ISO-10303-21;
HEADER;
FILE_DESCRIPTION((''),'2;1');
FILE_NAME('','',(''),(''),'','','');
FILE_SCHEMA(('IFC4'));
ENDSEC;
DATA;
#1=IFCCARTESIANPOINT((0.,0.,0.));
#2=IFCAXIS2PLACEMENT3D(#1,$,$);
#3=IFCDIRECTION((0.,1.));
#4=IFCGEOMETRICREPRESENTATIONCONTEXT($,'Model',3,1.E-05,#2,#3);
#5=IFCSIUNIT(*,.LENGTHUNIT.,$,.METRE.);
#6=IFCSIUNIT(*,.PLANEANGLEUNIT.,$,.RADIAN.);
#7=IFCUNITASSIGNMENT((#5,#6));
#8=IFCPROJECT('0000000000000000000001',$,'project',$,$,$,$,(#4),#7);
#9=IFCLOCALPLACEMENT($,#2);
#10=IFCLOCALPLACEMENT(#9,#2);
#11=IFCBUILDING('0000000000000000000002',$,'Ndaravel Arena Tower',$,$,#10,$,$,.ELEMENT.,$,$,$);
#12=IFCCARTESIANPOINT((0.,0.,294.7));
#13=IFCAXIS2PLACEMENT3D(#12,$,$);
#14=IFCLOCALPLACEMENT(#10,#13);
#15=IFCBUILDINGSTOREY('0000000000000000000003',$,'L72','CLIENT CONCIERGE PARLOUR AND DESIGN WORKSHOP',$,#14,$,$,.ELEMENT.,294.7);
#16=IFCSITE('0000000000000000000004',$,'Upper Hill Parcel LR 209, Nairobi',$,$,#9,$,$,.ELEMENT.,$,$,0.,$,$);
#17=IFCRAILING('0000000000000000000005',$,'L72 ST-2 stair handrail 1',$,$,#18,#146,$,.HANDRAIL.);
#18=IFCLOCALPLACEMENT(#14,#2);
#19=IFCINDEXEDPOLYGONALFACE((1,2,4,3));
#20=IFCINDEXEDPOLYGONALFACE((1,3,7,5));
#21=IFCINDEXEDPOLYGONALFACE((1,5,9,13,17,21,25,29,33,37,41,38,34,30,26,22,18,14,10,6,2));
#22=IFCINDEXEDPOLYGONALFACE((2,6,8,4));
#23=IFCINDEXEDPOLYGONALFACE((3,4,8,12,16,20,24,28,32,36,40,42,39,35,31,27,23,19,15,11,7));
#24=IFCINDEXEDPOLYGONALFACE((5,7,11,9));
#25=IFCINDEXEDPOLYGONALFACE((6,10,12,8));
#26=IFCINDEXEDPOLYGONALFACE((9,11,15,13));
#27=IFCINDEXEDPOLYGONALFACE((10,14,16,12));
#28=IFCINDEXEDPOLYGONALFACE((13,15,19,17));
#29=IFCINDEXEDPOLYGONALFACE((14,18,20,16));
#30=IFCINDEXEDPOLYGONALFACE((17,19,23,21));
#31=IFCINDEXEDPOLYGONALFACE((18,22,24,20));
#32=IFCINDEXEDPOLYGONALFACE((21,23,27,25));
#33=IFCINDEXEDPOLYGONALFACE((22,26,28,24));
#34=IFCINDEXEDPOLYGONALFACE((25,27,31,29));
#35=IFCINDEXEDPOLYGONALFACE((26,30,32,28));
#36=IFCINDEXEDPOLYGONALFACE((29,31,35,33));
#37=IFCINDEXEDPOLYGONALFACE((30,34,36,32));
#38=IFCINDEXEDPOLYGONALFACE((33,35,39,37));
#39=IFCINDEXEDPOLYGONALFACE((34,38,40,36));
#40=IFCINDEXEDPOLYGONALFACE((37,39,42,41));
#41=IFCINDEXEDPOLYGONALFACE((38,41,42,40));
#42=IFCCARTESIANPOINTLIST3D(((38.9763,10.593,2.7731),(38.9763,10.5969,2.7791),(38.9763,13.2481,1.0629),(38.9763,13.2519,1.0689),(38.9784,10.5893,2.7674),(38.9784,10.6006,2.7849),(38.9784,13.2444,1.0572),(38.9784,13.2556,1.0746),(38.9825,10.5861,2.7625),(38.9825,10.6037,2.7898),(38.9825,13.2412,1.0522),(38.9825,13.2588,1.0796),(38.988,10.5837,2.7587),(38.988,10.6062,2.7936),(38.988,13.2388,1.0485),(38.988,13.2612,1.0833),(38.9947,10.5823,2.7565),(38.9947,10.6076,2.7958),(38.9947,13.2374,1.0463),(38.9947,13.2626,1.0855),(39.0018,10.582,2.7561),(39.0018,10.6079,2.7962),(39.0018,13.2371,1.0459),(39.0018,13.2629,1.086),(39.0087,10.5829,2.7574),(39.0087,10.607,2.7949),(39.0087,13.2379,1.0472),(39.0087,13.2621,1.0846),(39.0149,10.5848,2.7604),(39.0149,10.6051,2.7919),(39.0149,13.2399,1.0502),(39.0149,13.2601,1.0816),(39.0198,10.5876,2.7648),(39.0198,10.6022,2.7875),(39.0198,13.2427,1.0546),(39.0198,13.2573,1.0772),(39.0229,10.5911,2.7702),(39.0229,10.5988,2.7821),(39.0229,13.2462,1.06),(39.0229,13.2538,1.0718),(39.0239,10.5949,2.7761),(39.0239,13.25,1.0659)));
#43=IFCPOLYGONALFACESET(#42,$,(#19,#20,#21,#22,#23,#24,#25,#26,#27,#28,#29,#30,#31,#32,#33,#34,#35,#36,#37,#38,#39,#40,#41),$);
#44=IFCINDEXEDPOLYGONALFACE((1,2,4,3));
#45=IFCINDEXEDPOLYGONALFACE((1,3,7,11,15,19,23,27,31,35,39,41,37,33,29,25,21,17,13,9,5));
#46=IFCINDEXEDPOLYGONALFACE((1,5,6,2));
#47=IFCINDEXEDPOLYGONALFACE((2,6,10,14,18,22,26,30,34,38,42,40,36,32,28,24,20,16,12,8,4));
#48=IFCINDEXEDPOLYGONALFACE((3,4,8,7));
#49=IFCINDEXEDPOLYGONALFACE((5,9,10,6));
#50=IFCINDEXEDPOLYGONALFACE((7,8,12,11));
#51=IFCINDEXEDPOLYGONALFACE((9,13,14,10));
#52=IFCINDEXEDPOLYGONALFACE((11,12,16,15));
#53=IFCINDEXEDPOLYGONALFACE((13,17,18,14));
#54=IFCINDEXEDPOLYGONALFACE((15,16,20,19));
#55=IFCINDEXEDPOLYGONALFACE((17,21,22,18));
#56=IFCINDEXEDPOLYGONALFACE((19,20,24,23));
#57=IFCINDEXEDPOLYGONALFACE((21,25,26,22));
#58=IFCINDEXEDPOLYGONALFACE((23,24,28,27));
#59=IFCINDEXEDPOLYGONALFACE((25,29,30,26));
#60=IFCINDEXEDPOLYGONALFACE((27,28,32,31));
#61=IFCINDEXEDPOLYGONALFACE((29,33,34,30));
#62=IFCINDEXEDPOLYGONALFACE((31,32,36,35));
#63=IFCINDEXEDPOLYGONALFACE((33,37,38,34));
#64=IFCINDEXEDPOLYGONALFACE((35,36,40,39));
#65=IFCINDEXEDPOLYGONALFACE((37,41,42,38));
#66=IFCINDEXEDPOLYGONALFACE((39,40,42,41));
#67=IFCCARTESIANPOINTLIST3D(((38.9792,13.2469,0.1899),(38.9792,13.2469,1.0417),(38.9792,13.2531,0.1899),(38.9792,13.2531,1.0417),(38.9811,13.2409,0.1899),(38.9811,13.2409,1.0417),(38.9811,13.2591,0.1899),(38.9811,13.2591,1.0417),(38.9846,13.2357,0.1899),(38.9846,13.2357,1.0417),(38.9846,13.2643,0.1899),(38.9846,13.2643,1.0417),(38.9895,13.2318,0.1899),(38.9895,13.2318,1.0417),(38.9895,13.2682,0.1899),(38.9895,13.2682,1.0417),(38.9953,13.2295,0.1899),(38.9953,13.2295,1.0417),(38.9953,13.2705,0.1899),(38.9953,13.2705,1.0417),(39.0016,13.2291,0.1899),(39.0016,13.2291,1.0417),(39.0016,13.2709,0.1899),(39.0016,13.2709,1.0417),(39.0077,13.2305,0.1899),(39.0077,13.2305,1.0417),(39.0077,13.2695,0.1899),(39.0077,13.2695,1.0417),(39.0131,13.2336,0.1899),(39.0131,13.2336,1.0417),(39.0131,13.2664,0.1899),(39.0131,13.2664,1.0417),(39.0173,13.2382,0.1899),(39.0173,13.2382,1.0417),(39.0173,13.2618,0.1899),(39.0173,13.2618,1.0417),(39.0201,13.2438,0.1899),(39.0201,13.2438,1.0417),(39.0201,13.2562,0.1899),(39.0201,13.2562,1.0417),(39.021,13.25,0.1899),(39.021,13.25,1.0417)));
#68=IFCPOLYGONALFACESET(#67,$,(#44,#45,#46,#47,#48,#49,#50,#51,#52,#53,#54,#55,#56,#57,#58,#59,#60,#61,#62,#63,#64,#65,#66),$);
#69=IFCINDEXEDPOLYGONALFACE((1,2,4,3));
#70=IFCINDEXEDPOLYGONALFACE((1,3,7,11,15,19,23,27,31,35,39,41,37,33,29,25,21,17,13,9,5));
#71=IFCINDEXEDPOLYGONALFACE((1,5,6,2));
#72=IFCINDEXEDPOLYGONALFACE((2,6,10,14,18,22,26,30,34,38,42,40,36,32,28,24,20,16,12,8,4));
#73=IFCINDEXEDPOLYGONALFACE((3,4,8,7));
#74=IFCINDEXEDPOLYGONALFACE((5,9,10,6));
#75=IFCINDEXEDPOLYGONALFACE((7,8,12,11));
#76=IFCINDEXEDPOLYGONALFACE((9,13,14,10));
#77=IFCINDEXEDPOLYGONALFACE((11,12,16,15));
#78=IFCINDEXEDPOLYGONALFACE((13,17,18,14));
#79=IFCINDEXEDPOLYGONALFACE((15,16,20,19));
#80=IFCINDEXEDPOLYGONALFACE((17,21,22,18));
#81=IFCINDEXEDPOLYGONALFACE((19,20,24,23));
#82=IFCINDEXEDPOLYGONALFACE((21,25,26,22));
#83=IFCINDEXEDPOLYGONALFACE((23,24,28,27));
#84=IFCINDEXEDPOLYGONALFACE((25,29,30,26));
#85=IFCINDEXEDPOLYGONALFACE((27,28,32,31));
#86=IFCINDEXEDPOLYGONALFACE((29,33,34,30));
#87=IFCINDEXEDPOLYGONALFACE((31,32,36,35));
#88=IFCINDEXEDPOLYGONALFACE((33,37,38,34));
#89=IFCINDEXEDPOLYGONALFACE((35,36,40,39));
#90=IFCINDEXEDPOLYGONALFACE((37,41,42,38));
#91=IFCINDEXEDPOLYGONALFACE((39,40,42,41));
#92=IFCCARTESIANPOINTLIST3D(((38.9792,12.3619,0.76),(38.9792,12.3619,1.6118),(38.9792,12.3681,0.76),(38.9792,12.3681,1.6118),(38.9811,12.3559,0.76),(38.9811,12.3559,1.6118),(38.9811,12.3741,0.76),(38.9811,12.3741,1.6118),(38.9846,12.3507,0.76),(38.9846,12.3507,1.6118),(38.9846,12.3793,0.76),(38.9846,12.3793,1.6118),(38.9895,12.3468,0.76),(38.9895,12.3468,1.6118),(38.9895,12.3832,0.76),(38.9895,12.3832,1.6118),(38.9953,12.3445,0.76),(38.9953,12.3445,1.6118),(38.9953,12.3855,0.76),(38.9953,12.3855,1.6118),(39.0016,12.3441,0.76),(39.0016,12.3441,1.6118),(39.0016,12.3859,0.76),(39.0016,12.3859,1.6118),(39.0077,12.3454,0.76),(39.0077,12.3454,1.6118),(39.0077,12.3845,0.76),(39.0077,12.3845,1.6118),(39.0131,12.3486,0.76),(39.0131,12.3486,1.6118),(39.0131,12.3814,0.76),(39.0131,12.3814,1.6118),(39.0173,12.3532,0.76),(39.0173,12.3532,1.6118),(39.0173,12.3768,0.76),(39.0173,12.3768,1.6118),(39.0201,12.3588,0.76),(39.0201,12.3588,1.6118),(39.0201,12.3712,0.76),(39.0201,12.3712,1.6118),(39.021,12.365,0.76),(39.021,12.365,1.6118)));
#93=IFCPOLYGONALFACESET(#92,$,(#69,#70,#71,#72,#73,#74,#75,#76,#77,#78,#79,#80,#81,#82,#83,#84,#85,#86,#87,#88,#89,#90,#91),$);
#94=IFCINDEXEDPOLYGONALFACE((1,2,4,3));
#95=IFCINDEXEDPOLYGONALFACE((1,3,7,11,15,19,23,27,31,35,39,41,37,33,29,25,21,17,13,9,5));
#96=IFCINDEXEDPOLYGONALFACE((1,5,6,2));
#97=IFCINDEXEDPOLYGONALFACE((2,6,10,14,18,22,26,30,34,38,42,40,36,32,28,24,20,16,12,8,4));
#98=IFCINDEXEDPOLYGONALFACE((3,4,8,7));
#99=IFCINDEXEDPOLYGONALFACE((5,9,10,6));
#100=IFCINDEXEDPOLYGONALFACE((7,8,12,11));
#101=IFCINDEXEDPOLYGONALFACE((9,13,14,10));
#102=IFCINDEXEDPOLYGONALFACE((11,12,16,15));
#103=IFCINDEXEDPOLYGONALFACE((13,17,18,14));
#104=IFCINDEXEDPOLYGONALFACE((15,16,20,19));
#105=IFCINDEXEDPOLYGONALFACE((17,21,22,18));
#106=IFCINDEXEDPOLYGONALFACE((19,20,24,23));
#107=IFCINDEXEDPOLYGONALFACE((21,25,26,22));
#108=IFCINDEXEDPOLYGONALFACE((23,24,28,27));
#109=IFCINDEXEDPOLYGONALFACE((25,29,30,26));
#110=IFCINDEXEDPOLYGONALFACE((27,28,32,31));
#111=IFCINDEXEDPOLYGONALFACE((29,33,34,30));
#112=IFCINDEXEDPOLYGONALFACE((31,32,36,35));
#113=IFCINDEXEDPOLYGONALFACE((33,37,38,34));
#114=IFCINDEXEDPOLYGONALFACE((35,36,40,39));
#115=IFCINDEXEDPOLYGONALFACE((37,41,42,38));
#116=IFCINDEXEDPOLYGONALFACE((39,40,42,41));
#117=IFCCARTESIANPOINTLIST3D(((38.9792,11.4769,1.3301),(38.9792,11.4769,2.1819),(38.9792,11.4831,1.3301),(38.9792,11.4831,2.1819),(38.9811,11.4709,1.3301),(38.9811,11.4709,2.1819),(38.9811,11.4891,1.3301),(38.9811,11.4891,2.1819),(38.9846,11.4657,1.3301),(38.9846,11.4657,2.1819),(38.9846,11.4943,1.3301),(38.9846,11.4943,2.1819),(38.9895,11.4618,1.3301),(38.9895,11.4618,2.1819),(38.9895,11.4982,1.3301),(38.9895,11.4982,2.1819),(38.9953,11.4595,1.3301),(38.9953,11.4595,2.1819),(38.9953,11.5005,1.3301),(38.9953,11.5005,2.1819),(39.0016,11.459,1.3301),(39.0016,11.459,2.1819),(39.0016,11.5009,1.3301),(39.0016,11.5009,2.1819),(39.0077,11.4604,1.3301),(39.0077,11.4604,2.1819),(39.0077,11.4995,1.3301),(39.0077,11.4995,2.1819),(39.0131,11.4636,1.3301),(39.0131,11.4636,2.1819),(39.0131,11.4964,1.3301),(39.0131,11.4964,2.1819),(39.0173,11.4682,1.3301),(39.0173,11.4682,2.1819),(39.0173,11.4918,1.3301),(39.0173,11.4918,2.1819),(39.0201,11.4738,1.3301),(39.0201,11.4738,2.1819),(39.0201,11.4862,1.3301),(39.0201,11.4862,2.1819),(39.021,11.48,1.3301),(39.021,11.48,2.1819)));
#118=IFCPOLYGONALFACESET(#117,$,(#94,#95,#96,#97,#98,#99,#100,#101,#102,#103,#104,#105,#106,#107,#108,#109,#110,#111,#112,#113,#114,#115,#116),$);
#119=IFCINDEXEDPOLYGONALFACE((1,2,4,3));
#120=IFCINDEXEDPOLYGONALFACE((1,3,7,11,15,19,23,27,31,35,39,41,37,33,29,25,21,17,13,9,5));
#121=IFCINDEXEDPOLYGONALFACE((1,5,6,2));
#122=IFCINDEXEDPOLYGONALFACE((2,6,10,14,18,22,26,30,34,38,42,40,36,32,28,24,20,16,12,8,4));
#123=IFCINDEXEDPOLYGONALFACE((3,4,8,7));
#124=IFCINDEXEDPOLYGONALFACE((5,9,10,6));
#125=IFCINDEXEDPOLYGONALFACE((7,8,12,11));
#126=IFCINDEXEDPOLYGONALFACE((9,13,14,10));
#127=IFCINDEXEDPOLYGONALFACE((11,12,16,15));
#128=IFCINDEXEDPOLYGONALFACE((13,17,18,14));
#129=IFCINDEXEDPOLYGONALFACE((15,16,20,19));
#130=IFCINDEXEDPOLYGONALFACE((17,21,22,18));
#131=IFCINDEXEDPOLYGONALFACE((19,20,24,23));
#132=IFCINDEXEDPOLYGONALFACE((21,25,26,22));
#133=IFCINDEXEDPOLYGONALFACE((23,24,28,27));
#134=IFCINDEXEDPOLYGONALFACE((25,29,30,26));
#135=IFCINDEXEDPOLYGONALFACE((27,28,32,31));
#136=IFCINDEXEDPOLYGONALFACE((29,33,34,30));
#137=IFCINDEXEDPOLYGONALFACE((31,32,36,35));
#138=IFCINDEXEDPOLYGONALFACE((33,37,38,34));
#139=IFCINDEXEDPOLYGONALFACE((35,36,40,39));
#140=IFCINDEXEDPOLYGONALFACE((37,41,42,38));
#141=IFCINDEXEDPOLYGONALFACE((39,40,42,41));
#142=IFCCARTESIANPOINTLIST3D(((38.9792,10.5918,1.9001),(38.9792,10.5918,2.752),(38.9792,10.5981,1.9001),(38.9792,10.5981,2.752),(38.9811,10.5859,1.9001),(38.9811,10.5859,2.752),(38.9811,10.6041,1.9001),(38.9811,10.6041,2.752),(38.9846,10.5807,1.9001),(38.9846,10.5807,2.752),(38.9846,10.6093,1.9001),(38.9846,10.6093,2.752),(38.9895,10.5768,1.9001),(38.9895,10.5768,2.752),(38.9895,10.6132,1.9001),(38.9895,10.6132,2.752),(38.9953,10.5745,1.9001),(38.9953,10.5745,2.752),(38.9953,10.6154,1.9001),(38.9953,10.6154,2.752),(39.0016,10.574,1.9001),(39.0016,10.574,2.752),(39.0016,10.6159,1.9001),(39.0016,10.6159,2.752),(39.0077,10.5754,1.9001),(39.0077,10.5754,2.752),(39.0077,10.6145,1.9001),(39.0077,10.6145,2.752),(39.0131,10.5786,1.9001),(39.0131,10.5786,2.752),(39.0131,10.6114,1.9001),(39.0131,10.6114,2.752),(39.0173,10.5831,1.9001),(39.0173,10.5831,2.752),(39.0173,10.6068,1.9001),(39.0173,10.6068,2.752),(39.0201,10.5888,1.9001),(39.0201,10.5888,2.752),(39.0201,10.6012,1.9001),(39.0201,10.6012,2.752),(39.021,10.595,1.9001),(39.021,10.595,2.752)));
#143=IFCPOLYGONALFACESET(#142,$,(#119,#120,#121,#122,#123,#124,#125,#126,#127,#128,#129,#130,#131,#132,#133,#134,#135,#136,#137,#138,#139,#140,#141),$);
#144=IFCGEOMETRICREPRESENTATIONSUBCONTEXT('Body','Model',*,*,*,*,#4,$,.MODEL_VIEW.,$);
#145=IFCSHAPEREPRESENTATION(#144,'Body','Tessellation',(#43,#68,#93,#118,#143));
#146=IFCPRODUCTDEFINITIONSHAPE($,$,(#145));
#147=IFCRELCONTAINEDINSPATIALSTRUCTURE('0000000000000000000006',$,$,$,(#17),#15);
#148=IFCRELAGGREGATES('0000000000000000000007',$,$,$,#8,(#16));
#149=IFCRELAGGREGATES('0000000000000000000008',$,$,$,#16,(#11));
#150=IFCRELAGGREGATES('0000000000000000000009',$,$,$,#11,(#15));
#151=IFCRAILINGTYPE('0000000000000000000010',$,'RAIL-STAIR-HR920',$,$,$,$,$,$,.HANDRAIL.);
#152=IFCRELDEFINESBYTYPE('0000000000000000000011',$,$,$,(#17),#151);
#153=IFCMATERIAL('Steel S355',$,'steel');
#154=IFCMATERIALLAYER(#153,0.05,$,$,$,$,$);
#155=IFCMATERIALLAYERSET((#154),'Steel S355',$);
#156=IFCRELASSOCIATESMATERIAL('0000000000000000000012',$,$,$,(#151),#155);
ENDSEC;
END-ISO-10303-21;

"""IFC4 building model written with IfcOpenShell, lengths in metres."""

from ifc_helpers import new_model, si_unit, direction, frame, origin, origin_2d, place, context, subcontext, project, spatial, circle, extrude, material, layer, layer_set, type_object, element, save


model = new_model("IFC4")

# Units and contexts
model_context = context("Model", 3, precision=1e-05, world=origin(), true_north=direction((0.0, 1.0)))
body_context = subcontext(model_context, "Body", "Model", "MODEL_VIEW")
ifc_project = project(units=[si_unit("LENGTHUNIT", "METRE"), si_unit("PLANEANGLEUNIT", "RADIAN")], contexts=[model_context])

# Site, building, storey
site_placement = place(None, origin())
site = spatial("IfcSite", under=ifc_project, at=site_placement, Name="Upper Hill Parcel LR 209, Nairobi", CompositionType="ELEMENT", RefElevation=0.0)
building_placement = place(site_placement, origin())
building = spatial("IfcBuilding", under=site, at=building_placement, Name="Ndaravel Arena Tower", CompositionType="ELEMENT")
storey_placement = place(building_placement, frame((0.0, 0.0, 294.7)))
storey = spatial("IfcBuildingStorey", under=building, at=storey_placement, Name="L72", Description="CLIENT CONCIERGE PARLOUR AND DESIGN WORKSHOP", CompositionType="ELEMENT", Elevation=294.7)

# Railing
ifc_material_1 = material(Name="Steel S355", Category="steel")
ifc_layer_1 = layer(ifc_material_1, 0.05)
ifc_layer_set_1 = layer_set([ifc_layer_1], Name="Steel S355")
railing_type_1 = type_object("IfcRailingType", Name="RAIL-STAIR-HR920", PredefinedType="HANDRAIL", material=ifc_layer_set_1)
railing_1_placement = place(storey_placement, frame((39.0, 13.25, 0.1899)))
element("IfcRailing", 1, at=railing_1_placement, inside=storey, type_object=railing_type_1, Name="L72 ST-2 stair handrail 1", PredefinedType="HANDRAIL", context=body_context, shape_type="SweptSolid", body=[
    extrude(circle(Radius=0.0239, at=origin_2d()), frame((0.0, 0.0, 0.876), z_axis=(0.0, -0.840688, 0.541519), x_axis=(1.0, 0.0, 0.0)), (0.0, 0.0, 1.0), 3.1582),
    extrude(circle(Radius=0.021, at=origin_2d()), origin(), (0.0, 0.0, 1.0), 0.8518),
    extrude(circle(Radius=0.021, at=origin_2d()), frame((0.0, -0.885, 0.5701)), (0.0, 0.0, 1.0), 0.8518),
    extrude(circle(Radius=0.021, at=origin_2d()), frame((0.0, -1.77, 1.1401)), (0.0, 0.0, 1.0), 0.8518),
    extrude(circle(Radius=0.021, at=origin_2d()), frame((0.0, -2.655, 1.7102)), (0.0, 0.0, 1.0), 0.8518),
])

save(model, "model.ifc")
